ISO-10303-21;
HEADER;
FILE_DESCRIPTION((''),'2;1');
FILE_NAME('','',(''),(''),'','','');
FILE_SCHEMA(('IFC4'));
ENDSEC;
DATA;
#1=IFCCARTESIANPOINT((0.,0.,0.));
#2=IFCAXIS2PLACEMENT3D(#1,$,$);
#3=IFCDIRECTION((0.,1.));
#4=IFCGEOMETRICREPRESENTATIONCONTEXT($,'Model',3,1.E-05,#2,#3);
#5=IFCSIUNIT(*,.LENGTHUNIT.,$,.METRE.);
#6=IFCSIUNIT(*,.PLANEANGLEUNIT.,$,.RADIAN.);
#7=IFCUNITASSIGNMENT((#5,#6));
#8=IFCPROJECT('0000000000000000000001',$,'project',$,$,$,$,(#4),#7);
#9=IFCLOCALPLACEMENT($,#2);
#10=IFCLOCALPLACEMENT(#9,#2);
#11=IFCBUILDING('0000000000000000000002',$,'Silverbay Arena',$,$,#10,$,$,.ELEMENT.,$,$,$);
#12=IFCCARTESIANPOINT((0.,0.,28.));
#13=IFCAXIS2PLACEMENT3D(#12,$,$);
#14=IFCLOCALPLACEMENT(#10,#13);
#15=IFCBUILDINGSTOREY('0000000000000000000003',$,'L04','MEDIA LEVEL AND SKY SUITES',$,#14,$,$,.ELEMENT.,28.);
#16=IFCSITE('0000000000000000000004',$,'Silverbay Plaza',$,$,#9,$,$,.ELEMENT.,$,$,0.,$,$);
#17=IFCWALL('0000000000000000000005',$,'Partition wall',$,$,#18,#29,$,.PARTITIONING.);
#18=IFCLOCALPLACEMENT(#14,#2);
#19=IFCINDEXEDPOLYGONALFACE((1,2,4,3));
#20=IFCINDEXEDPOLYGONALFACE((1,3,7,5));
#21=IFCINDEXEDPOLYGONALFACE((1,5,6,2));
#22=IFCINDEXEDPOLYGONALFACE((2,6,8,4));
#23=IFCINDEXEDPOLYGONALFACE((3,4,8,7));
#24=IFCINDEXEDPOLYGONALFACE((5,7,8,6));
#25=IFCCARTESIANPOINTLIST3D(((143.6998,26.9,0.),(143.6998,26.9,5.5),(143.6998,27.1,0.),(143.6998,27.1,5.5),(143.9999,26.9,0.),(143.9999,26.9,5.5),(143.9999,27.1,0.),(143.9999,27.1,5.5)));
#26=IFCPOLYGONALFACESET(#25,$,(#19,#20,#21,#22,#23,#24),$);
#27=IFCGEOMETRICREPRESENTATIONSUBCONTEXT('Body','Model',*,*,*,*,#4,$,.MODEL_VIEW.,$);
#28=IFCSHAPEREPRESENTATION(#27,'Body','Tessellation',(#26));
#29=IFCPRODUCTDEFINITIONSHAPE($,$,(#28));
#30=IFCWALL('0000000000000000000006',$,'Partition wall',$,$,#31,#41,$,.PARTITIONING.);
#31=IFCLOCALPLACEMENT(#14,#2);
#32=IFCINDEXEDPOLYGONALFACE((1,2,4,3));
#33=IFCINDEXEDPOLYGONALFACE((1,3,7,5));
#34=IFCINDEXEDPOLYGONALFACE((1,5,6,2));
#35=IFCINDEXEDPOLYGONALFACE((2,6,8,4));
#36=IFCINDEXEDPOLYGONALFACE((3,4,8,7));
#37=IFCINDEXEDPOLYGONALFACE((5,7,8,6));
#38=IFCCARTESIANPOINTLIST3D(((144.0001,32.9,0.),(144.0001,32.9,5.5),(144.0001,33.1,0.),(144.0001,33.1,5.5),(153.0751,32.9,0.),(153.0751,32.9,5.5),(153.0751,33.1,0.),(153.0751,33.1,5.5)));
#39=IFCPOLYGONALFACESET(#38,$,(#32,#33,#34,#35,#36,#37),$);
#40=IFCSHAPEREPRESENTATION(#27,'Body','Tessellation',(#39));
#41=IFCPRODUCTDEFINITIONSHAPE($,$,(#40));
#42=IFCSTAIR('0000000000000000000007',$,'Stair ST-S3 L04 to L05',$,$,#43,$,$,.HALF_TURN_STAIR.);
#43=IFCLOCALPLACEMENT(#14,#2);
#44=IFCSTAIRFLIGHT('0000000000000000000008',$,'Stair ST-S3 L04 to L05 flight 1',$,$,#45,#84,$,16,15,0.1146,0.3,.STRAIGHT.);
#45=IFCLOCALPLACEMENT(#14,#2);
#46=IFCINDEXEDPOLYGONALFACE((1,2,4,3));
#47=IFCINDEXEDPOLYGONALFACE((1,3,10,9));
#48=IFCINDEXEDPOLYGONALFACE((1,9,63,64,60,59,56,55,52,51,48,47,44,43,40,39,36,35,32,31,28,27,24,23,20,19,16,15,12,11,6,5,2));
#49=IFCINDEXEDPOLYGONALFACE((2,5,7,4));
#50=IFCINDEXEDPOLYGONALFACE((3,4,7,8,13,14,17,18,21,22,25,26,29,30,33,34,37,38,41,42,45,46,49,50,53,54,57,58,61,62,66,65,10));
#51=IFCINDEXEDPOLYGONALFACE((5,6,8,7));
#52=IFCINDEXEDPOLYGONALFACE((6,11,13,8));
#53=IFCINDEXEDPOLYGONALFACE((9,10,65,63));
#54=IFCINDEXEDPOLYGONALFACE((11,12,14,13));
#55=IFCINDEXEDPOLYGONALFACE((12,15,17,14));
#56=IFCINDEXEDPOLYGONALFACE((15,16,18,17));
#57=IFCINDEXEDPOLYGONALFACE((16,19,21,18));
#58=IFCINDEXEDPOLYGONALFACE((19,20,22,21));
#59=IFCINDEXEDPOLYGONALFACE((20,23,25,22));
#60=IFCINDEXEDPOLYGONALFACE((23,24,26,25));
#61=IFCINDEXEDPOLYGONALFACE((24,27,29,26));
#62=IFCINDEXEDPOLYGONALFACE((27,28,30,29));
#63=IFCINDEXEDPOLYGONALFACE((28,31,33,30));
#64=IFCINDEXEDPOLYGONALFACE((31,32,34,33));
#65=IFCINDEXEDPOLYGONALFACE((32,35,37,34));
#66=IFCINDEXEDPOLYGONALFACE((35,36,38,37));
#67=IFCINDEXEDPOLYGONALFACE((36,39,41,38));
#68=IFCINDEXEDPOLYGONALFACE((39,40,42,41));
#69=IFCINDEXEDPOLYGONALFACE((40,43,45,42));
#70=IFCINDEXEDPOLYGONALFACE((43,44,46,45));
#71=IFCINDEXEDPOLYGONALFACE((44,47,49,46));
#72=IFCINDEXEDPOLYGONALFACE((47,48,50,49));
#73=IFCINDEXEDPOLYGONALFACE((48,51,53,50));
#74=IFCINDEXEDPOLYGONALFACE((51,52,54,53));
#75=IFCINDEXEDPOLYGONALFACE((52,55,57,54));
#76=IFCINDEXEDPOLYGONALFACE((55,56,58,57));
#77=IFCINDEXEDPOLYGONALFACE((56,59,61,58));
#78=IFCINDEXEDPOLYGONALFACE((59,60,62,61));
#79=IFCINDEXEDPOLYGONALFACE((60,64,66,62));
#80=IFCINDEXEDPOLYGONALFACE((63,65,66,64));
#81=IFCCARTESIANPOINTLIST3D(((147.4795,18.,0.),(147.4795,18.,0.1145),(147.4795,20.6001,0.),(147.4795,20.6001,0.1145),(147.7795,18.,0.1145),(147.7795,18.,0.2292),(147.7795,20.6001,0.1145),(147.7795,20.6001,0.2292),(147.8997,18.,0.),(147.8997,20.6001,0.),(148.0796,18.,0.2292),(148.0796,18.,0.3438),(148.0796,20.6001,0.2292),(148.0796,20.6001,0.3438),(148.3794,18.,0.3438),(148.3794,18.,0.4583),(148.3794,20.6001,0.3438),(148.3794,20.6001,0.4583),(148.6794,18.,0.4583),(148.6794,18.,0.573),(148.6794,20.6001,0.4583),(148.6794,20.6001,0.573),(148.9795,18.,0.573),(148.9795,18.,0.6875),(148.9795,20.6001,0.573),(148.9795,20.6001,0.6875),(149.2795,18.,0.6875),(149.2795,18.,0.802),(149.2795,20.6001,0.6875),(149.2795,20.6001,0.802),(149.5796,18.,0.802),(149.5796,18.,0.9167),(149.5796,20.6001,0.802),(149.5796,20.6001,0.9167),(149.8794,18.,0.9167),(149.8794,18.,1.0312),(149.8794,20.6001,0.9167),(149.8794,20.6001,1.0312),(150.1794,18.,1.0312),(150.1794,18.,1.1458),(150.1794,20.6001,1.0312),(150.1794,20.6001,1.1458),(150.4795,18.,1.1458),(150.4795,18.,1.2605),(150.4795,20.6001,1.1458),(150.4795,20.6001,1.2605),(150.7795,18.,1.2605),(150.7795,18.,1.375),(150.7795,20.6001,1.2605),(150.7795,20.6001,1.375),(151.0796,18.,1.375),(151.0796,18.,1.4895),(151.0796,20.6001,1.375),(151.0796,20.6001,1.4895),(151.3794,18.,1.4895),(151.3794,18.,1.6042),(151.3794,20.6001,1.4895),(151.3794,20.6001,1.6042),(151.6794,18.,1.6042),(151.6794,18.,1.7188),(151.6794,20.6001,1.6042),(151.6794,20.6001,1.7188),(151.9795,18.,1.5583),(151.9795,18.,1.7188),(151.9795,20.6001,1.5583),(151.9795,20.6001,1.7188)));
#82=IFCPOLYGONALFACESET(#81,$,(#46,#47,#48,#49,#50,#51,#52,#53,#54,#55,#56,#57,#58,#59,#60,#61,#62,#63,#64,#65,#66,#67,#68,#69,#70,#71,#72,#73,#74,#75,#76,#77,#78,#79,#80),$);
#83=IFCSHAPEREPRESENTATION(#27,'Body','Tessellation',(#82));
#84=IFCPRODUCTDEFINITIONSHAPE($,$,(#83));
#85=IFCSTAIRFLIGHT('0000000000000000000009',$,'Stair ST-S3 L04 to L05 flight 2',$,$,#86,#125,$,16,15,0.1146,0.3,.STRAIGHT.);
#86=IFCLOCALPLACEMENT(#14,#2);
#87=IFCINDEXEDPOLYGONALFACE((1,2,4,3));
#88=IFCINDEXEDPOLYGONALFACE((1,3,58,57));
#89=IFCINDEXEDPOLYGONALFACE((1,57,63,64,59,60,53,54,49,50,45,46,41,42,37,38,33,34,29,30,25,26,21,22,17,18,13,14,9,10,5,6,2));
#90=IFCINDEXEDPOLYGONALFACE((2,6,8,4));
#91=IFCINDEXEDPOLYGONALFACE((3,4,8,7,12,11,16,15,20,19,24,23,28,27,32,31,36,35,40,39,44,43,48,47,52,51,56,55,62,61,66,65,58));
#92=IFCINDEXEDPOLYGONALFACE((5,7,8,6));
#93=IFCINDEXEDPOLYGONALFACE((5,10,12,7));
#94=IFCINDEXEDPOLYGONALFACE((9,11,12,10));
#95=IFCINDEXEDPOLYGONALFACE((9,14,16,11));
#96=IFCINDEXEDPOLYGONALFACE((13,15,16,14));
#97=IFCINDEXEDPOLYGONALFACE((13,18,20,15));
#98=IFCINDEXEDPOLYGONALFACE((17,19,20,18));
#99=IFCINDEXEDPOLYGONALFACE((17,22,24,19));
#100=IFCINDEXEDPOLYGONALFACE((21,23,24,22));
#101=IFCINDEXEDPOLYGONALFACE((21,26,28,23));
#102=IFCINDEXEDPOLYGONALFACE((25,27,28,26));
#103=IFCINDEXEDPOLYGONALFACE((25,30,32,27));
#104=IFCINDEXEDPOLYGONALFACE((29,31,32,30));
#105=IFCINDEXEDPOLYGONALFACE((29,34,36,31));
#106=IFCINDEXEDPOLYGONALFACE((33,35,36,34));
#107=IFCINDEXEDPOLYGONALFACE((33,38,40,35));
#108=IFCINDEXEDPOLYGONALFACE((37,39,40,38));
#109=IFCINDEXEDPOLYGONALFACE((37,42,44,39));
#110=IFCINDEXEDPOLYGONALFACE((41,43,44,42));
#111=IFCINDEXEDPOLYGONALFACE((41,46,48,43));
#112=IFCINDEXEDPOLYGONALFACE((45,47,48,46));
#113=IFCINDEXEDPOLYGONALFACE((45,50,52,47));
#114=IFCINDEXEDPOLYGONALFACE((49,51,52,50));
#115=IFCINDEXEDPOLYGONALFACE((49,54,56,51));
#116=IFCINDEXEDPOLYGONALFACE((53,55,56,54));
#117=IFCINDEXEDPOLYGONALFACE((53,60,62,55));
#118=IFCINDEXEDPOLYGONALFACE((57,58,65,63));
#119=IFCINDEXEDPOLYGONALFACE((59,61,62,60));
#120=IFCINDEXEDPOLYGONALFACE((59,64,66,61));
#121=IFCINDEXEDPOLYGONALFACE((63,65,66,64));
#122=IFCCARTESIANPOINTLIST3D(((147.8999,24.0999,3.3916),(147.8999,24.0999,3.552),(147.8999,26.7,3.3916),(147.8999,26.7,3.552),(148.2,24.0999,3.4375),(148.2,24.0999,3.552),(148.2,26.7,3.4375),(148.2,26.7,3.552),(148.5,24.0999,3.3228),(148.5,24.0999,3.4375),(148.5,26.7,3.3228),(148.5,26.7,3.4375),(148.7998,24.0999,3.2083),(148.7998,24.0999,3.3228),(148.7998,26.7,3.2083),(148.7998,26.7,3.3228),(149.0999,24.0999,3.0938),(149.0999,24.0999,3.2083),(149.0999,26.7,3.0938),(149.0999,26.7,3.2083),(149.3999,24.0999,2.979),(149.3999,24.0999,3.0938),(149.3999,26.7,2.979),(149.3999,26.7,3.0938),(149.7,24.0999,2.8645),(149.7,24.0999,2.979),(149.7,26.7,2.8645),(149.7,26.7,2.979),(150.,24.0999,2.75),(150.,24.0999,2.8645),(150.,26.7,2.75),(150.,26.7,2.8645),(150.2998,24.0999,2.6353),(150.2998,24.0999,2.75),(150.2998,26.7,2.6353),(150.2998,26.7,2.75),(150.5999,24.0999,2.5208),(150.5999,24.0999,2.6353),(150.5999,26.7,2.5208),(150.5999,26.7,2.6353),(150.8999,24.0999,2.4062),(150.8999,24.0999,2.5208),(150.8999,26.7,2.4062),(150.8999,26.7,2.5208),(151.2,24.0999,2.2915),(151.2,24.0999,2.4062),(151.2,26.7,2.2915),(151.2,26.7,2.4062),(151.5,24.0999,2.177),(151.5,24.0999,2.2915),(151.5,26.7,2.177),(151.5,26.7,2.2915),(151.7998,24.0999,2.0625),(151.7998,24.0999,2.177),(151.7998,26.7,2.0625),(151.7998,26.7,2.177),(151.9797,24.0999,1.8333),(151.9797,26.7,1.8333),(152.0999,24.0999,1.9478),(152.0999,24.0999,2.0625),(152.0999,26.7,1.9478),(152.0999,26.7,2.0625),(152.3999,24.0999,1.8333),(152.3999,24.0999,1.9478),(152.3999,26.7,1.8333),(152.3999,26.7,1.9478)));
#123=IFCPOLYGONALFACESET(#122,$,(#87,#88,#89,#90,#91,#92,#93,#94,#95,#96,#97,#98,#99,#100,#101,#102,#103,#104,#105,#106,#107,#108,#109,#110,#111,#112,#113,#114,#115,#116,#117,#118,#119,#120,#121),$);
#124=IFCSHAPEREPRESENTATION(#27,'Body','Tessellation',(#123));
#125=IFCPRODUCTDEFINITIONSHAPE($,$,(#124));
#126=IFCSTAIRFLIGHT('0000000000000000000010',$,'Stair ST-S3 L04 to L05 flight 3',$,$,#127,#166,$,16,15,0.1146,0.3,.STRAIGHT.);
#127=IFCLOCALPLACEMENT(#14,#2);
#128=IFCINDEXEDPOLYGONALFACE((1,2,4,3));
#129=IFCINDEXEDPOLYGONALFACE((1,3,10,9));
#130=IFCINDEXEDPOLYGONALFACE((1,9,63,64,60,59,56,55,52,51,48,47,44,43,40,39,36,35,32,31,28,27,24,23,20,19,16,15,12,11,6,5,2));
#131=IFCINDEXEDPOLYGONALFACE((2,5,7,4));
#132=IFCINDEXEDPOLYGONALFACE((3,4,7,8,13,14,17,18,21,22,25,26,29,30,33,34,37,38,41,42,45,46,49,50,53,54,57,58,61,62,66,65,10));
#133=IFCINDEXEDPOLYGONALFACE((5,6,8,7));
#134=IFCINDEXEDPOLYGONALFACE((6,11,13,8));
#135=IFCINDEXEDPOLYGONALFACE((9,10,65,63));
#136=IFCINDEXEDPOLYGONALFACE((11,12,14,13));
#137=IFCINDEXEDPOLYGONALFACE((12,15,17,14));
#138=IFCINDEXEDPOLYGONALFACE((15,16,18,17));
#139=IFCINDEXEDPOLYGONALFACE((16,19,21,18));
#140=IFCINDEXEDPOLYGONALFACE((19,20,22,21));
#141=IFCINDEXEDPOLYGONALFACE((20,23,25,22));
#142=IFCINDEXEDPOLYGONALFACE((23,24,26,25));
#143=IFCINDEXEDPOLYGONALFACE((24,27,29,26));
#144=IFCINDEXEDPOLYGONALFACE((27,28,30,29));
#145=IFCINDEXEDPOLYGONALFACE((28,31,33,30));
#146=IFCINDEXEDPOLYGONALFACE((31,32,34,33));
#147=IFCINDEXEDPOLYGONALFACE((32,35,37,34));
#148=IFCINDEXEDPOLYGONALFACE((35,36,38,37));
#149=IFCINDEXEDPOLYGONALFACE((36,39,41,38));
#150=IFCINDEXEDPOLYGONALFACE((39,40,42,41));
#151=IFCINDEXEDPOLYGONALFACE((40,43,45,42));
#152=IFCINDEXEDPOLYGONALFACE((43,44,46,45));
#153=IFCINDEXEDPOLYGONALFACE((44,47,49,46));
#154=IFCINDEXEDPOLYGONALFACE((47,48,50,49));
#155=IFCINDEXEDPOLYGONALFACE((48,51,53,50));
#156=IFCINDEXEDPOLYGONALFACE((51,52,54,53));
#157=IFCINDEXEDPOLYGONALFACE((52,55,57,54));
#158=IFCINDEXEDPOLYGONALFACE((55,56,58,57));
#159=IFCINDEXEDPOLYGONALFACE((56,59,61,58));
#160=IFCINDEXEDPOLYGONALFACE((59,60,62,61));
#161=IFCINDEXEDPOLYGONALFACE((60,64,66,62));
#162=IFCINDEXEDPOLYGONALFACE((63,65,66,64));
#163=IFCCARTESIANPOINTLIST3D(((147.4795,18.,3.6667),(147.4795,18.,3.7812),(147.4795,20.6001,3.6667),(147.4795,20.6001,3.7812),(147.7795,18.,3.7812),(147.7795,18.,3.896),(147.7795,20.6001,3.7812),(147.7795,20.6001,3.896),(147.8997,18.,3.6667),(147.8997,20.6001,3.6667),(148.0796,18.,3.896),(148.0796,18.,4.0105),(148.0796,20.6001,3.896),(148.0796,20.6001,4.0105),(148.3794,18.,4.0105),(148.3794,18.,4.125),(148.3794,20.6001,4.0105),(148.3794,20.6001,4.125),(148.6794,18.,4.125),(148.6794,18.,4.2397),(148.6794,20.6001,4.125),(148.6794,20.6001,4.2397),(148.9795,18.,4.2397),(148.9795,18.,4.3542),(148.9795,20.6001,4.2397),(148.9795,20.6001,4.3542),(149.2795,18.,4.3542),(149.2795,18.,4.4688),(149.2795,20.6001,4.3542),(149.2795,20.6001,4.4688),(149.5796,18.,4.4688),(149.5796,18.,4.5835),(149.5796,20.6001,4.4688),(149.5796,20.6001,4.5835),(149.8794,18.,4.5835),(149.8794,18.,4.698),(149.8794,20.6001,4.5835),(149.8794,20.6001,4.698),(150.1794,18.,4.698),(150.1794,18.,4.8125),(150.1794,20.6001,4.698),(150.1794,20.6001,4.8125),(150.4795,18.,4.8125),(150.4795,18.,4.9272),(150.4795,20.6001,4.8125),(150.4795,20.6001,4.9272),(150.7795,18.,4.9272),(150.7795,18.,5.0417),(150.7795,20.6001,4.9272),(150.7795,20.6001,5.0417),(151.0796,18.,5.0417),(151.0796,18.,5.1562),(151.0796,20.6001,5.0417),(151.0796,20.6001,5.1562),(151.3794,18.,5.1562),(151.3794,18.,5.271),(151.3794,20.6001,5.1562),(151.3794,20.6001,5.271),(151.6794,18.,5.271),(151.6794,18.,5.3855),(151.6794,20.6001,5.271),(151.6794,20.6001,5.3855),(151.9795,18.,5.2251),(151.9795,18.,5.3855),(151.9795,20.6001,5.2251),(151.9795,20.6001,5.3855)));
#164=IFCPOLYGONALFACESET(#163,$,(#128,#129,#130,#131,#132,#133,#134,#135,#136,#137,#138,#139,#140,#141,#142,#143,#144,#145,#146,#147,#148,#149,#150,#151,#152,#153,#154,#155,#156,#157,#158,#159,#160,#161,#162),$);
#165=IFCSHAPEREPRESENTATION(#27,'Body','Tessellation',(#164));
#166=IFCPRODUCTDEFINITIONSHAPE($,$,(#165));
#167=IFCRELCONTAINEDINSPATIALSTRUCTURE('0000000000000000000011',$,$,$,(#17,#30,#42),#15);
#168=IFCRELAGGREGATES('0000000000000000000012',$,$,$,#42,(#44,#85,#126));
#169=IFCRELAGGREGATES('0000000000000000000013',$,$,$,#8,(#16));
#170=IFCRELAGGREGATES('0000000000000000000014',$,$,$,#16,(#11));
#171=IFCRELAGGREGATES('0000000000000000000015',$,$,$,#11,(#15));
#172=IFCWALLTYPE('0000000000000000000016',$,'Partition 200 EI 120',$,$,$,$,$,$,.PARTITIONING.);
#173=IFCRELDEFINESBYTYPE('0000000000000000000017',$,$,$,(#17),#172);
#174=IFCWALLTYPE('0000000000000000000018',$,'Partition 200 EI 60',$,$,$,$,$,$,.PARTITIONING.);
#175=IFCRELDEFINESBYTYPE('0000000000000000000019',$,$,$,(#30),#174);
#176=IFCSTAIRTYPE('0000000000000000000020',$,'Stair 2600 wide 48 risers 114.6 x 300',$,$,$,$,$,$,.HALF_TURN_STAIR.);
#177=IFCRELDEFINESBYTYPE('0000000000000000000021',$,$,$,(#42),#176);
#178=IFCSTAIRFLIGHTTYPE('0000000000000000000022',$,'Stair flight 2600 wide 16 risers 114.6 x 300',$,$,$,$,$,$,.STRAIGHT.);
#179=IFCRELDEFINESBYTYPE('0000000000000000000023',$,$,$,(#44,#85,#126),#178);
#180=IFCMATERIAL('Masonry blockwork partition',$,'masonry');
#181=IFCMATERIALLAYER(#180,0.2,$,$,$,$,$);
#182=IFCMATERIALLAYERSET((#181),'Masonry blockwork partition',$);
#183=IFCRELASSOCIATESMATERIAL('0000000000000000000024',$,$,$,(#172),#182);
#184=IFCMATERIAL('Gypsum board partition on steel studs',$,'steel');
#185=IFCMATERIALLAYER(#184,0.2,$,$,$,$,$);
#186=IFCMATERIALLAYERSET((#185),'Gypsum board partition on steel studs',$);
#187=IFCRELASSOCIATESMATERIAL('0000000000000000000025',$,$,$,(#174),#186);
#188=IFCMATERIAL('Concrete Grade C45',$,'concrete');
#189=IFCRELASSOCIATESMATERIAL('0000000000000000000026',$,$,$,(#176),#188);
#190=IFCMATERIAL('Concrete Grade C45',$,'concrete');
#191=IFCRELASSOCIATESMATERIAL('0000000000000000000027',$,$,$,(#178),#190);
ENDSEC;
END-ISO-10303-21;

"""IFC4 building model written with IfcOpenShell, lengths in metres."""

from ifc_helpers import new_model, si_unit, direction, frame, frame_2d, origin, place, context, subcontext, project, spatial, polyline, rectangle, outline, extrude, material, layer, layer_set, type_object, element, aggregate, save


model = new_model("IFC4")

# Units and contexts
model_context = context("Model", 3, precision=1e-05, world=origin(), true_north=direction((0.0, 1.0)))
body_context = subcontext(model_context, "Body", "Model", "MODEL_VIEW")
ifc_project = project(units=[si_unit("LENGTHUNIT", "METRE"), si_unit("PLANEANGLEUNIT", "RADIAN")], contexts=[model_context])

# Site, building, storey
site_placement = place(None, origin())
site = spatial("IfcSite", under=ifc_project, at=site_placement, Name="Silverbay Plaza", CompositionType="ELEMENT", RefElevation=0.0)
building_placement = place(site_placement, origin())
building = spatial("IfcBuilding", under=site, at=building_placement, Name="Silverbay Arena", CompositionType="ELEMENT")
storey_placement = place(building_placement, frame((0.0, 0.0, 28.0)))
storey = spatial("IfcBuildingStorey", under=building, at=storey_placement, Name="L04", Description="MEDIA LEVEL AND SKY SUITES", CompositionType="ELEMENT", Elevation=28.0)

# Walls
ifc_material_1 = material(Name="Masonry blockwork partition", Category="masonry")
ifc_layer_1 = layer(ifc_material_1, 0.2)
ifc_layer_set_1 = layer_set([ifc_layer_1], Name="Masonry blockwork partition")
wall_type_1 = type_object("IfcWallType", Name="Partition 200 EI 120", PredefinedType="PARTITIONING", material=ifc_layer_set_1)
wall_1_placement = place(storey_placement, frame((143.7, 27.0, 0.0), z_axis=(0.0, 0.0, 1.0), x_axis=(1.0, 0.0, 0.0)))
element("IfcWall", 1, at=wall_1_placement, inside=storey, type_object=wall_type_1, Name="Partition wall", PredefinedType="PARTITIONING", context=body_context, shape_type="SweptSolid", body=[
    extrude(rectangle(XDim=0.3, YDim=0.2, at=frame_2d((0.1499, 0.0))), origin(), (0.0, 0.0, 1.0), 5.5),
])
ifc_material_2 = material(Name="Gypsum board partition on steel studs", Category="steel")
ifc_layer_2 = layer(ifc_material_2, 0.2)
ifc_layer_set_2 = layer_set([ifc_layer_2], Name="Gypsum board partition on steel studs")
wall_type_2 = type_object("IfcWallType", Name="Partition 200 EI 60", PredefinedType="PARTITIONING", material=ifc_layer_set_2)
wall_2_placement = place(storey_placement, frame((144.0, 33.0, 0.0), z_axis=(0.0, 0.0, 1.0), x_axis=(1.0, 0.0, 0.0)))
element("IfcWall", 2, at=wall_2_placement, inside=storey, type_object=wall_type_2, Name="Partition wall", PredefinedType="PARTITIONING", context=body_context, shape_type="SweptSolid", body=[
    extrude(rectangle(XDim=9.075, YDim=0.2, at=frame_2d((4.5376, 0.0))), origin(), (0.0, 0.0, 1.0), 5.5),
])

# Stair, stair flights
ifc_material_3 = material(Name="Concrete Grade C45", Category="concrete")
stair_type = type_object("IfcStairType", Name="Stair 2600 wide 48 risers 114.6 x 300", PredefinedType="HALF_TURN_STAIR", material=ifc_material_3)
stair_placement = place(storey_placement, origin())
stair = element("IfcStair", 3, at=stair_placement, inside=storey, type_object=stair_type, Name="Stair ST-S3 L04 to L05", PredefinedType="HALF_TURN_STAIR")
ifc_material_4 = material(Name="Concrete Grade C45", Category="concrete")
stair_flight_type = type_object("IfcStairFlightType", Name="Stair flight 2600 wide 16 risers 114.6 x 300", PredefinedType="STRAIGHT", material=ifc_material_4)
stair_flight_1_placement = place(storey_placement, frame((147.4795, 19.3, 0.0), z_axis=(0.0, 0.0, 1.0), x_axis=(1.0, 0.0, 0.0)))
stair_flight_1 = element("IfcStairFlight", 4, at=stair_flight_1_placement, type_object=stair_flight_type, Name="Stair ST-S3 L04 to L05 flight 1", NumberOfRisers=16, NumberOfTreads=15, PredefinedType="STRAIGHT", RiserHeight=0.1146, TreadLength=0.3, context=body_context, shape_type="SweptSolid", body=[
    extrude(outline(polyline([(0.0, 0.0), (0.0, 0.1145), (0.3, 0.1145), (0.3, 0.2292), (0.6001, 0.2292), (0.6001, 0.3438), (0.8999, 0.3438), (0.8999, 0.4583), (1.2, 0.4583), (1.2, 0.573), (1.5, 0.573), (1.5, 0.6875), (1.8, 0.6875), (1.8, 0.802), (2.1001, 0.802), (2.1001, 0.9167), (2.3999, 0.9167), (2.3999, 1.0312), (2.7, 1.0312), (2.7, 1.1458), (3.0, 1.1458), (3.0, 1.2605), (3.3, 1.2605), (3.3, 1.375), (3.6001, 1.375), (3.6001, 1.4895), (3.8999, 1.4895), (3.8999, 1.6042), (4.2, 1.6042), (4.2, 1.7188), (4.5, 1.7188), (4.5, 1.5583), (0.4202, 0.0), (0.0, 0.0)])), frame((0.0, 1.3, 0.0), z_axis=(0.0, -1.0, 0.0), x_axis=(1.0, 0.0, 0.0)), (0.0, 0.0, 1.0), 2.6001),
])
stair_flight_2_placement = place(storey_placement, frame((152.3999, 25.3999, 1.8333), z_axis=(0.0, 0.0, 1.0), x_axis=(-1.0, 0.0, 0.0)))
stair_flight_2 = element("IfcStairFlight", 5, at=stair_flight_2_placement, type_object=stair_flight_type, Name="Stair ST-S3 L04 to L05 flight 2", NumberOfRisers=16, NumberOfTreads=15, PredefinedType="STRAIGHT", RiserHeight=0.1146, TreadLength=0.3, context=body_context, shape_type="SweptSolid", body=[
    extrude(outline(polyline([(0.0, 0.0), (0.0, 0.1145), (0.3, 0.1145), (0.3, 0.2292), (0.6001, 0.2292), (0.6001, 0.3438), (0.8999, 0.3438), (0.8999, 0.4583), (1.2, 0.4583), (1.2, 0.573), (1.5, 0.573), (1.5, 0.6875), (1.8, 0.6875), (1.8, 0.802), (2.1001, 0.802), (2.1001, 0.9167), (2.3999, 0.9167), (2.3999, 1.0312), (2.7, 1.0312), (2.7, 1.1458), (3.0, 1.1458), (3.0, 1.2605), (3.3, 1.2605), (3.3, 1.375), (3.6001, 1.375), (3.6001, 1.4895), (3.8999, 1.4895), (3.8999, 1.6042), (4.2, 1.6042), (4.2, 1.7188), (4.5, 1.7188), (4.5, 1.5583), (0.4202, 0.0), (0.0, 0.0)])), frame((0.0, 1.3, 0.0), z_axis=(0.0, -1.0, 0.0), x_axis=(1.0, 0.0, 0.0)), (0.0, 0.0, 1.0), 2.6001),
])
stair_flight_3_placement = place(storey_placement, frame((147.4795, 19.3, 3.6667), z_axis=(0.0, 0.0, 1.0), x_axis=(1.0, 0.0, 0.0)))
stair_flight_3 = element("IfcStairFlight", 6, at=stair_flight_3_placement, type_object=stair_flight_type, Name="Stair ST-S3 L04 to L05 flight 3", NumberOfRisers=16, NumberOfTreads=15, PredefinedType="STRAIGHT", RiserHeight=0.1146, TreadLength=0.3, context=body_context, shape_type="SweptSolid", body=[
    extrude(outline(polyline([(0.0, 0.0), (0.0, 0.1145), (0.3, 0.1145), (0.3, 0.2292), (0.6001, 0.2292), (0.6001, 0.3438), (0.8999, 0.3438), (0.8999, 0.4583), (1.2, 0.4583), (1.2, 0.573), (1.5, 0.573), (1.5, 0.6875), (1.8, 0.6875), (1.8, 0.802), (2.1001, 0.802), (2.1001, 0.9167), (2.3999, 0.9167), (2.3999, 1.0312), (2.7, 1.0312), (2.7, 1.1458), (3.0, 1.1458), (3.0, 1.2605), (3.3, 1.2605), (3.3, 1.375), (3.6001, 1.375), (3.6001, 1.4895), (3.8999, 1.4895), (3.8999, 1.6042), (4.2, 1.6042), (4.2, 1.7188), (4.5, 1.7188), (4.5, 1.5583), (0.4202, 0.0), (0.0, 0.0)])), frame((0.0, 1.3, 0.0), z_axis=(0.0, -1.0, 0.0), x_axis=(1.0, 0.0, 0.0)), (0.0, 0.0, 1.0), 2.6001),
])
aggregate(stair, [stair_flight_1, stair_flight_2, stair_flight_3])

save(model, "model.ifc")
